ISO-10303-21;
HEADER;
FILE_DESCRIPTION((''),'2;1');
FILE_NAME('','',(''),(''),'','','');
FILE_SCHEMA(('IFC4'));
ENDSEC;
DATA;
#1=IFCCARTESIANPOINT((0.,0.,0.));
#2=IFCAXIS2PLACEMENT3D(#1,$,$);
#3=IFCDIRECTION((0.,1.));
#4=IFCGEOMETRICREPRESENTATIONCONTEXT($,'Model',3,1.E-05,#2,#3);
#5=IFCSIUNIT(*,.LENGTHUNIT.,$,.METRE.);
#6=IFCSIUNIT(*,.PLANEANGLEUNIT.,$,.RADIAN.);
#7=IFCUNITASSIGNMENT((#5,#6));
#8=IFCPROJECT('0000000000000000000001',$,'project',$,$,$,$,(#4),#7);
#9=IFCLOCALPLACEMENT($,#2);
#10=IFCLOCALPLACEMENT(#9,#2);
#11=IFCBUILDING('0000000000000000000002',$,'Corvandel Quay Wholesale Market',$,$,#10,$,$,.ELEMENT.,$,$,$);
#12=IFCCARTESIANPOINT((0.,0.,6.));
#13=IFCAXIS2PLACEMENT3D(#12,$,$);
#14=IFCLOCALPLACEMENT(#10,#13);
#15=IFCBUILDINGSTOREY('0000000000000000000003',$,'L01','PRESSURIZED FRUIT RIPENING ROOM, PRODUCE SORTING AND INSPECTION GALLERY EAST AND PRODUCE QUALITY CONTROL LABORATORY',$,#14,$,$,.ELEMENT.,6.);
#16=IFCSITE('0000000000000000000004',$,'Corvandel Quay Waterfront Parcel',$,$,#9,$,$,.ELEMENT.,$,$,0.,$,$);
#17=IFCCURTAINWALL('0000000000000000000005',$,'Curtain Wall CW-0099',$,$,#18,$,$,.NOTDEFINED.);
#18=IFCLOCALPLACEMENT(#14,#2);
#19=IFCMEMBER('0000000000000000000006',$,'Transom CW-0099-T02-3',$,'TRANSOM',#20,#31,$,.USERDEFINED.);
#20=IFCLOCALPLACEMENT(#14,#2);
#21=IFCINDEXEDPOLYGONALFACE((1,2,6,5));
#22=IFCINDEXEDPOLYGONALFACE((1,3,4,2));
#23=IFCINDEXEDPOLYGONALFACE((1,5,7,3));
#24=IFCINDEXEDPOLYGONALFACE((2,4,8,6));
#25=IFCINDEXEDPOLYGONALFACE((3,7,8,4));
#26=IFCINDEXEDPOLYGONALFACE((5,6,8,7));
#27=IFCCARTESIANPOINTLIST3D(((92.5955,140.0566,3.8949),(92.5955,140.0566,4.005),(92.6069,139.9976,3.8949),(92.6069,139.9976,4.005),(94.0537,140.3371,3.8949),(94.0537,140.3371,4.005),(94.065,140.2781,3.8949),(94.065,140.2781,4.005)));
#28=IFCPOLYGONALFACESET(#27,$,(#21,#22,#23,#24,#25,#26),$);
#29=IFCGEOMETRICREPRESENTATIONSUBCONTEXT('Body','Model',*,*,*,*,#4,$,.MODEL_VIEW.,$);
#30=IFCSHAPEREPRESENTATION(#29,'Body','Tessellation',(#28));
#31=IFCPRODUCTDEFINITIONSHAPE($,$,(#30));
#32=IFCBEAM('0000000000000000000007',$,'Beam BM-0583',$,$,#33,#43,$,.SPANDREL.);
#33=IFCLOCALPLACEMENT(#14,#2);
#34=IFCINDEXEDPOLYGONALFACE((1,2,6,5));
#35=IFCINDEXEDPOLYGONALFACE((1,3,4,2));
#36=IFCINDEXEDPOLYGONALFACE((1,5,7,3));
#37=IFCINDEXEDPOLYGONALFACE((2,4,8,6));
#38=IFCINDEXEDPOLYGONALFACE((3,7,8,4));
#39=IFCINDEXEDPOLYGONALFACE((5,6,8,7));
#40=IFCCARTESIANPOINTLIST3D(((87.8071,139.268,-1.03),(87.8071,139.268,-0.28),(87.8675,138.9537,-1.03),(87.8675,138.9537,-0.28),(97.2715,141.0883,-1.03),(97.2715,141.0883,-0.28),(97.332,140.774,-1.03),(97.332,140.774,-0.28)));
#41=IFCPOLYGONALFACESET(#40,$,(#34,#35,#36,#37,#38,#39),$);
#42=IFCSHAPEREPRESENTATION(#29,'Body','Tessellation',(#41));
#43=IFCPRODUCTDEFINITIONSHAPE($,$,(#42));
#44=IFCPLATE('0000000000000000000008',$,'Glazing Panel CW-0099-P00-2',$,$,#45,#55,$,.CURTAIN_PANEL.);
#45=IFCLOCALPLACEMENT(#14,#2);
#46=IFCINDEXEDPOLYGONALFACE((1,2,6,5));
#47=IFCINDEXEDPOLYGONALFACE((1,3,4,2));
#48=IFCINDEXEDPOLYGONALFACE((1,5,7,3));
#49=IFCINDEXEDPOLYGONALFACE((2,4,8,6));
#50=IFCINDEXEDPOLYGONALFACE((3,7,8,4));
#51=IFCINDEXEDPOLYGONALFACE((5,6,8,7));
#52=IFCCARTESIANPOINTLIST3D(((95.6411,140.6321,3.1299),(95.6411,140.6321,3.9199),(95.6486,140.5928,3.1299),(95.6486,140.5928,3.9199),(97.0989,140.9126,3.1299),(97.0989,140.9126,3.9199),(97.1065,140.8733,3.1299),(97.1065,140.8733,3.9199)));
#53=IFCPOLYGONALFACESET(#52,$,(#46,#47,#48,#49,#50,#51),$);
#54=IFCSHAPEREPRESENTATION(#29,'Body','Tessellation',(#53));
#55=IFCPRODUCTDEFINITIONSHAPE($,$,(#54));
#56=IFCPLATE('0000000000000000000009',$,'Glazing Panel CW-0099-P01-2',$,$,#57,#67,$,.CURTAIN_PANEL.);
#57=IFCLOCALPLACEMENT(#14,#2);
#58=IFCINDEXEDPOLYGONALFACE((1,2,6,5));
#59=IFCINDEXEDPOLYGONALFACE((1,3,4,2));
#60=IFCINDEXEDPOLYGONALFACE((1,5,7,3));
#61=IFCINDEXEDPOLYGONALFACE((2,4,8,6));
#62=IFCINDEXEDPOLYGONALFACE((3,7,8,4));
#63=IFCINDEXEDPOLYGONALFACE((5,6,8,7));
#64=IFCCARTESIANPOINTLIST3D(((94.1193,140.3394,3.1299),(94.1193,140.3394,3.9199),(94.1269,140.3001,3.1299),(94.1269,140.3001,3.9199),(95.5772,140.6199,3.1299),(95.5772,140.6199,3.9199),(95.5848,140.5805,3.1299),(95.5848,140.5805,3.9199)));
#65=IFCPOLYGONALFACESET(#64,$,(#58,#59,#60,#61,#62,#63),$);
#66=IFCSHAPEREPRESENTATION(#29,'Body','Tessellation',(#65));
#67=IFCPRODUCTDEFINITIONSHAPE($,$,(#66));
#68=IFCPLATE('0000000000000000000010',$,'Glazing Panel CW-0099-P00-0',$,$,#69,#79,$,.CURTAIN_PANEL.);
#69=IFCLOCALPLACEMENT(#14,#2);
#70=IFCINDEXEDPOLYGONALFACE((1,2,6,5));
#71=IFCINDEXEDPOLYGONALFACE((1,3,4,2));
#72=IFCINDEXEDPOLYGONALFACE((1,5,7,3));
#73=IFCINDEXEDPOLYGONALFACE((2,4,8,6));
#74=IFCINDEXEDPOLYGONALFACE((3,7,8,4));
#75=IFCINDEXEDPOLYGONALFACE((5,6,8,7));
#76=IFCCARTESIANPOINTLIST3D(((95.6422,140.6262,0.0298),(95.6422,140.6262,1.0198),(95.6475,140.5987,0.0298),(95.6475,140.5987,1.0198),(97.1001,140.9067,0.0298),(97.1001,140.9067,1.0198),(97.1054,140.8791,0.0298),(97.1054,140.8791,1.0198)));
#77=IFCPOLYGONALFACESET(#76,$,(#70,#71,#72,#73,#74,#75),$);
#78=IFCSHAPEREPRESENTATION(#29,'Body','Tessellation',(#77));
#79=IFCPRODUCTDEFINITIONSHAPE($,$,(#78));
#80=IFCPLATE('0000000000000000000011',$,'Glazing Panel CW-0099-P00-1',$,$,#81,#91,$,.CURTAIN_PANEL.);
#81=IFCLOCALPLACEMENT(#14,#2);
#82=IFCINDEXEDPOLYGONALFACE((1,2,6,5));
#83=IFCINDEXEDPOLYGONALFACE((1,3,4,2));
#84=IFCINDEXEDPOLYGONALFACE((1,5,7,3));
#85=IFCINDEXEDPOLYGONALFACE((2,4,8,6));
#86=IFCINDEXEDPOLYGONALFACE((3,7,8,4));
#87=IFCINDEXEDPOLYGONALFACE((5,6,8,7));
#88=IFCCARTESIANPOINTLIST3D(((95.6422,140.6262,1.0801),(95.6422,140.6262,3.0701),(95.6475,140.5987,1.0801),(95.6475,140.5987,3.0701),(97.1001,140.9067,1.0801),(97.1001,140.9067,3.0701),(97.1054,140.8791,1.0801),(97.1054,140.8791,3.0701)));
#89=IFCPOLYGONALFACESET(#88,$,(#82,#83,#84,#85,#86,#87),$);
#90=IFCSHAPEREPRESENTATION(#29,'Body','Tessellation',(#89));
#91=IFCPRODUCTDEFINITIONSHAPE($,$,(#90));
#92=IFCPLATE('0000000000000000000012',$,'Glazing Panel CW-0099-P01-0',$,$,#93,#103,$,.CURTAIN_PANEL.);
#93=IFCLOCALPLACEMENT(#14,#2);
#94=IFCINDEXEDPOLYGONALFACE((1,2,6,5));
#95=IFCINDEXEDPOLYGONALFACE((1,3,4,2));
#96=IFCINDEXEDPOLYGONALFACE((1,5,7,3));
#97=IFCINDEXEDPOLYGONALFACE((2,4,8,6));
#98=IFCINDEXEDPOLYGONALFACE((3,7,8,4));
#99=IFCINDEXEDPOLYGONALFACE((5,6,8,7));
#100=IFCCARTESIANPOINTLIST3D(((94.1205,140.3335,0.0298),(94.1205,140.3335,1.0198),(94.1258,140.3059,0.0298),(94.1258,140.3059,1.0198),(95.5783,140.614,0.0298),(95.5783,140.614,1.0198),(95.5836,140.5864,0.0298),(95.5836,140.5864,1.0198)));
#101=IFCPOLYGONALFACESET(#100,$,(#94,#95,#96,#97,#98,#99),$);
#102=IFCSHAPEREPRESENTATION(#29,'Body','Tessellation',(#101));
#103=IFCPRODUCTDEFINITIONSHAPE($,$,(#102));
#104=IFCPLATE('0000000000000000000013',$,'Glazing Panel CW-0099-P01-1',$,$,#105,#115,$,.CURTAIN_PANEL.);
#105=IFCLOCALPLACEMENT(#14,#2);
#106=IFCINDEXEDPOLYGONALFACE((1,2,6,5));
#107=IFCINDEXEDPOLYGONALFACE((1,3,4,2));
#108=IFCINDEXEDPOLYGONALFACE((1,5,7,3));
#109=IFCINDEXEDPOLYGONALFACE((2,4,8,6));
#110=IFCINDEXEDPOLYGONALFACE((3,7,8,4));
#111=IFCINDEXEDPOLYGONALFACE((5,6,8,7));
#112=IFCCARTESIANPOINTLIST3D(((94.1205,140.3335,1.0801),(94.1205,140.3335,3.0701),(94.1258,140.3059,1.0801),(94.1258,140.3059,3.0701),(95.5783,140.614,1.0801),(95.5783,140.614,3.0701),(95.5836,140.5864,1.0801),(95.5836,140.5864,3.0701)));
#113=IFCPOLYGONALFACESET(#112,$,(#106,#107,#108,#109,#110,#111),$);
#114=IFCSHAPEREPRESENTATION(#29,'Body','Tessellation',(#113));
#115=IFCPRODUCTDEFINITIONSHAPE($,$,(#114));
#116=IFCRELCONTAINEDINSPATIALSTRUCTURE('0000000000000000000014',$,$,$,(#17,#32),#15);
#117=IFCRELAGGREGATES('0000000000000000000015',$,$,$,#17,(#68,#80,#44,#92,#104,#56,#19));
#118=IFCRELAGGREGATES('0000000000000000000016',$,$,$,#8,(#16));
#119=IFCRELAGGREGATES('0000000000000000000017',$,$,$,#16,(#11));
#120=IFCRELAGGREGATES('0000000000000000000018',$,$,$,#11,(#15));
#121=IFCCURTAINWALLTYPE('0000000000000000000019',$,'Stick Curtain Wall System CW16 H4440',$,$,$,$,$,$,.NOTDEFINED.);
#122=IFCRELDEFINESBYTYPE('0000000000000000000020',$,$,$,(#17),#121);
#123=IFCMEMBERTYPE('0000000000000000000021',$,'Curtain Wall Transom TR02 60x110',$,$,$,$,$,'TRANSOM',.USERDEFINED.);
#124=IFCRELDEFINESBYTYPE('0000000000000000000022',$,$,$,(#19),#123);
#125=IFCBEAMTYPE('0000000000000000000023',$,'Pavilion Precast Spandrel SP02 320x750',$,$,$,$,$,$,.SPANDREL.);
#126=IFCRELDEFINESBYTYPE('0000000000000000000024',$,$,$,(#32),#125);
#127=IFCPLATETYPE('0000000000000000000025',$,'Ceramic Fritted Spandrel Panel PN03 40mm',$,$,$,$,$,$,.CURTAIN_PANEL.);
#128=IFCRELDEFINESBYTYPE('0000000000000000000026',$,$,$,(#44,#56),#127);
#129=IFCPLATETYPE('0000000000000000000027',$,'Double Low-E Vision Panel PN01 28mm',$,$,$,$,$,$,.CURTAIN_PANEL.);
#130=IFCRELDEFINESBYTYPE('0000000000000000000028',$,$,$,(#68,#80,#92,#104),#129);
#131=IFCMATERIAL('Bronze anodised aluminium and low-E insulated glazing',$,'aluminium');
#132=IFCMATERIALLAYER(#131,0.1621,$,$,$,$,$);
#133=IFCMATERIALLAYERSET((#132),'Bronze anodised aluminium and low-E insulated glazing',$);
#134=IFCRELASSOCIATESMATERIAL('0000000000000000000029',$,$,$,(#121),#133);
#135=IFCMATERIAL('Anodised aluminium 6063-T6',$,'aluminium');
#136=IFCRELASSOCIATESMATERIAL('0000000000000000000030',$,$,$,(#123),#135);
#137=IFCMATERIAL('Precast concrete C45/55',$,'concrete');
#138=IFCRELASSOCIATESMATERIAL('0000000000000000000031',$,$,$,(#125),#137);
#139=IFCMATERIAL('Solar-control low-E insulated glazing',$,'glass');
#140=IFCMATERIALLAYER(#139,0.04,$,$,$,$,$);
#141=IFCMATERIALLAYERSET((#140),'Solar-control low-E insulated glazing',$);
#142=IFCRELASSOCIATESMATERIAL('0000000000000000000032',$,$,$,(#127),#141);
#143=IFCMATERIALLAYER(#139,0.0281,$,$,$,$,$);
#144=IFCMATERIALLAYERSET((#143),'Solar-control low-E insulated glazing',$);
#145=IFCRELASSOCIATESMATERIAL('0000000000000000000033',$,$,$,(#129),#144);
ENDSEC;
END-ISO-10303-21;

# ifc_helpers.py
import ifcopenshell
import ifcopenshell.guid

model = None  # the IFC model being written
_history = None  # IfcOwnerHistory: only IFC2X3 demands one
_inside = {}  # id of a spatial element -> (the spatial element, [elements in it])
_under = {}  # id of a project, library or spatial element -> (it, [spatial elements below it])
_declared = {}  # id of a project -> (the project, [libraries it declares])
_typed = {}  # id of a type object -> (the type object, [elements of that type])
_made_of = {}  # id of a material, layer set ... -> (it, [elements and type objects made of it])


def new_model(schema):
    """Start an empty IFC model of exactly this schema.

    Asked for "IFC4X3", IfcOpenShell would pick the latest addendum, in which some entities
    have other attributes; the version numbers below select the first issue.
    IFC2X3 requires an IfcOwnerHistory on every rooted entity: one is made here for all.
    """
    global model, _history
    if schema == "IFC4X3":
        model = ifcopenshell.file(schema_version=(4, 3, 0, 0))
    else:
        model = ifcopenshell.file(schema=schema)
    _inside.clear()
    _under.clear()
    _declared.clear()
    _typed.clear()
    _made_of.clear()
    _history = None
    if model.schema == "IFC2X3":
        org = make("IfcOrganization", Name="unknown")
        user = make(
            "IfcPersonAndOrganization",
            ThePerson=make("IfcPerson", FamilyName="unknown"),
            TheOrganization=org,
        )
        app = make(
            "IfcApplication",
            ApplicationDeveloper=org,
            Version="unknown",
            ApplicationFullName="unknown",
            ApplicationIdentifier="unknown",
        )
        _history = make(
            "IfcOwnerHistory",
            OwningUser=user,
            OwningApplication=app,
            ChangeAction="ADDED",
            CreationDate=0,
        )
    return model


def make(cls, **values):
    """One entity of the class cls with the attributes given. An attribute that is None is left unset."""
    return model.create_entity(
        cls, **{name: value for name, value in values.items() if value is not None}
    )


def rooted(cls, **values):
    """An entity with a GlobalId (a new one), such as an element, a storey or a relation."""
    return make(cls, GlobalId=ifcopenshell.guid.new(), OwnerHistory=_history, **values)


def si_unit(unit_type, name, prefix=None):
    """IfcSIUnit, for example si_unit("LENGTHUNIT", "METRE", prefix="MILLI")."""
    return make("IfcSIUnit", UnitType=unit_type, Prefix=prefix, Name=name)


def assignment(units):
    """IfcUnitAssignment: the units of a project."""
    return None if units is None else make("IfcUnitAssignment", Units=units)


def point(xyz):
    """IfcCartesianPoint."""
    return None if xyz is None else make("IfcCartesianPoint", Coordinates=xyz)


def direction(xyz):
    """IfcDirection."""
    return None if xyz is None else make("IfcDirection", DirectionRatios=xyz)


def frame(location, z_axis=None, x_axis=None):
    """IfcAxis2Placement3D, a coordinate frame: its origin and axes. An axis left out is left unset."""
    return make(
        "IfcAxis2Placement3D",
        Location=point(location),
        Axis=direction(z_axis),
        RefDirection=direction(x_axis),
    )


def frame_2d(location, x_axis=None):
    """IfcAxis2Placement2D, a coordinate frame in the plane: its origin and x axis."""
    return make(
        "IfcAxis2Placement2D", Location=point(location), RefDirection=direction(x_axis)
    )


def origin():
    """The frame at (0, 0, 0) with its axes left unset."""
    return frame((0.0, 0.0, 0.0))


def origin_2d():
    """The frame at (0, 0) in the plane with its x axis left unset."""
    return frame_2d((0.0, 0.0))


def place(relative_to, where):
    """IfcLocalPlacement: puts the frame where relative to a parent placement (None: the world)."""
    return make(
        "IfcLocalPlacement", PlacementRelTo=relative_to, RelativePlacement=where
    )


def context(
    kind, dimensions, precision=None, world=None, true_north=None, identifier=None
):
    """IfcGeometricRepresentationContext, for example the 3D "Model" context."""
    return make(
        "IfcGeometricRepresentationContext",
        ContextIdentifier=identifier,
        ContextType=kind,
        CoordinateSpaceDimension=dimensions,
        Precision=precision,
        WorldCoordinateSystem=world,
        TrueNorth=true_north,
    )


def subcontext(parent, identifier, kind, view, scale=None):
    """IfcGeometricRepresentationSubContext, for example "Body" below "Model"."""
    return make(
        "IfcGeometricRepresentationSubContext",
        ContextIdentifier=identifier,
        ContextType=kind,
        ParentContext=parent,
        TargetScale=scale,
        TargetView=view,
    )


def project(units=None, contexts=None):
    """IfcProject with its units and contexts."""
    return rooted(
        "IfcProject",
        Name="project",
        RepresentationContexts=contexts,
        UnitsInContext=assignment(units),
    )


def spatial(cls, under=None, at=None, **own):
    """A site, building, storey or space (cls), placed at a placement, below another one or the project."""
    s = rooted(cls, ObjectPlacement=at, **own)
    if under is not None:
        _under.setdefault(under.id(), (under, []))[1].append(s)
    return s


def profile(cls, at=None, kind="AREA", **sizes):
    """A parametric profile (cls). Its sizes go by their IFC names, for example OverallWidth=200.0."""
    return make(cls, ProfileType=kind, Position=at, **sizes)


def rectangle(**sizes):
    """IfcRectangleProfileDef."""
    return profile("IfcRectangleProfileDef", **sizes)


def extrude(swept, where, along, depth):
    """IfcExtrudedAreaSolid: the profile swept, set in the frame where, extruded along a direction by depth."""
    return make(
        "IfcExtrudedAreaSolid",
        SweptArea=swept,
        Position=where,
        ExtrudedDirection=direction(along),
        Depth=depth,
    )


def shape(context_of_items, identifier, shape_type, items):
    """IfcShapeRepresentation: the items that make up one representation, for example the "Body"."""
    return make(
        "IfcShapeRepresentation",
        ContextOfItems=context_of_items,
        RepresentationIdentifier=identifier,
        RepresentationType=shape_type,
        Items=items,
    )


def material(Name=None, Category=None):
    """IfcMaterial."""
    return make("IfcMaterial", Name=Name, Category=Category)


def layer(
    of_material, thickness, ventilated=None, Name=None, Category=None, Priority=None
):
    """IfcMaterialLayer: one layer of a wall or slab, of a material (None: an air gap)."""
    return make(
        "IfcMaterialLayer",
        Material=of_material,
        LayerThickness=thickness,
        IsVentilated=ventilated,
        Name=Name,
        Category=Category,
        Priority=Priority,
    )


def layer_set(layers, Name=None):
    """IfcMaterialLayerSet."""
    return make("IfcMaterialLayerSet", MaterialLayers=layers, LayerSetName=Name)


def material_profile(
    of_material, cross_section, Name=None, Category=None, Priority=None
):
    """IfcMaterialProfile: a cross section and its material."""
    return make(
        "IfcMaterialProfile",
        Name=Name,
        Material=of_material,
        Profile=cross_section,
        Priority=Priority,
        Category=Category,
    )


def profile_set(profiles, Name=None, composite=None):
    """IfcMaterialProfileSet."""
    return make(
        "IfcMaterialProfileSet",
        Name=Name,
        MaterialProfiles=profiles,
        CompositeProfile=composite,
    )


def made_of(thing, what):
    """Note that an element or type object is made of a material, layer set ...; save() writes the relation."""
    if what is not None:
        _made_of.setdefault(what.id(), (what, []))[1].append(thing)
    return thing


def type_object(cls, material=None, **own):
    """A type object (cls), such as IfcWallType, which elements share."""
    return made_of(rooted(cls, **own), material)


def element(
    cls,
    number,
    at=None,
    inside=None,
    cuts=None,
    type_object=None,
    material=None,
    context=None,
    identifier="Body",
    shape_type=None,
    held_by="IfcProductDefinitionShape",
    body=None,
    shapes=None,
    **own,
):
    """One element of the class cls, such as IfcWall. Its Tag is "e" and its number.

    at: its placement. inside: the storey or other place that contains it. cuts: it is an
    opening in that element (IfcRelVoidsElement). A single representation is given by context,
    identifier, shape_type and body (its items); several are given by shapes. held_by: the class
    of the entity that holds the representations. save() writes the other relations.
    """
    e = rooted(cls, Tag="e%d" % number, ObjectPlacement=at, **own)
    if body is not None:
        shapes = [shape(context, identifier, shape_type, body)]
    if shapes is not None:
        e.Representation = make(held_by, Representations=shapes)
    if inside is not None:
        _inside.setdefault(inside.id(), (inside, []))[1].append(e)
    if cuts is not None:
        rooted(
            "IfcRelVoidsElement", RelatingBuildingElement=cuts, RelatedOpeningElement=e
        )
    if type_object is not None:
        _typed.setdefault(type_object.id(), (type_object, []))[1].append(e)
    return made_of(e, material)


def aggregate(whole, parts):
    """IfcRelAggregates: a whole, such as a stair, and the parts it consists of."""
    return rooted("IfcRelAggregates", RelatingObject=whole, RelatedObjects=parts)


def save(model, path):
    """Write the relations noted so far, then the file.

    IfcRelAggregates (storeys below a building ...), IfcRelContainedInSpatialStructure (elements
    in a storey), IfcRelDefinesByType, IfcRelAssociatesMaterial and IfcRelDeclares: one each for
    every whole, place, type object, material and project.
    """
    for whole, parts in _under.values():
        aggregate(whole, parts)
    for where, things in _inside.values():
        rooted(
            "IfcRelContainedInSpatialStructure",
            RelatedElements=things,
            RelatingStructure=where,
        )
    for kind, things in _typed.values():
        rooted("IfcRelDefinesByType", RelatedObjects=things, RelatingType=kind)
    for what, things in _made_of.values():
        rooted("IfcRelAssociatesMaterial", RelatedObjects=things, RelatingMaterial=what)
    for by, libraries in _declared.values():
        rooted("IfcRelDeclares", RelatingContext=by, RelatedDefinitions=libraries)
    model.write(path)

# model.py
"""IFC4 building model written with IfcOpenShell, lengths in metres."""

from ifc_helpers import new_model, si_unit, direction, frame, origin, origin_2d, place, context, subcontext, project, spatial, rectangle, extrude, material, layer, layer_set, material_profile, profile_set, type_object, element, aggregate, save


model = new_model("IFC4")

# Units and contexts
model_context = context("Model", 3, precision=1e-05, world=origin(), true_north=direction((0.0, 1.0)))
body_context = subcontext(model_context, "Body", "Model", "MODEL_VIEW")
ifc_project = project(units=[si_unit("LENGTHUNIT", "METRE"), si_unit("PLANEANGLEUNIT", "RADIAN")], contexts=[model_context])

# Site, building, storey
site_placement = place(None, origin())
site = spatial("IfcSite", under=ifc_project, at=site_placement, Name="Corvandel Quay Waterfront Parcel", CompositionType="ELEMENT", RefElevation=0.0)
building_placement = place(site_placement, origin())
building = spatial("IfcBuilding", under=site, at=building_placement, Name="Corvandel Quay Wholesale Market", CompositionType="ELEMENT")
storey_placement = place(building_placement, frame((0.0, 0.0, 6.0)))
storey = spatial("IfcBuildingStorey", under=building, at=storey_placement, Name="L01", Description="PRESSURIZED FRUIT RIPENING ROOM, PRODUCE SORTING AND INSPECTION GALLERY EAST AND PRODUCE QUALITY CONTROL LABORATORY", CompositionType="ELEMENT", Elevation=6.0)

# Shared definitions
ifc_material_1 = material(Name="Precast concrete C45/55", Category="concrete")

# Curtain wall, member
ifc_material_2 = material(Name="Bronze anodised aluminium and low-E insulated glazing", Category="aluminium")
ifc_layer_1 = layer(ifc_material_2, 0.1621)
ifc_layer_set_1 = layer_set([ifc_layer_1], Name="Bronze anodised aluminium and low-E insulated glazing")
curtain_wall_type = type_object("IfcCurtainWallType", Name="Stick Curtain Wall System CW16 H4440", PredefinedType="NOTDEFINED", material=ifc_layer_set_1)
curtain_wall_placement = place(storey_placement, origin())
curtain_wall = element("IfcCurtainWall", 1, at=curtain_wall_placement, inside=storey, type_object=curtain_wall_type, Name="Curtain Wall CW-0099", PredefinedType="NOTDEFINED")
ifc_material_3 = material(Name="Anodised aluminium 6063-T6", Category="aluminium")
ifc_material_profile_1 = material_profile(ifc_material_3, rectangle(XDim=0.0601, YDim=0.1101, at=origin_2d()), Name="ALU-TRN-60x110")
ifc_profile_set_1 = profile_set([ifc_material_profile_1], Name="Anodised aluminium 6063-T6")
member_type_1 = type_object("IfcMemberType", Name="Curtain Wall Transom TR02 60x110", ElementType="TRANSOM", PredefinedType="USERDEFINED", material=ifc_profile_set_1)
member_1_placement = place(storey_placement, frame((94.0593, 140.3076, 3.95), z_axis=(-0.98199, -0.188933, 0.0), x_axis=(0.188933, -0.98199, 0.0)))
member_1 = element("IfcMember", 2, at=member_1_placement, type_object=member_type_1, Name="Transom CW-0099-T02-3", ObjectType="TRANSOM", PredefinedType="USERDEFINED", context=body_context, shape_type="SweptSolid", body=[
    extrude(rectangle(XDim=0.0601, YDim=0.1101, at=origin_2d()), origin(), (0.0, 0.0, 1.0), 1.4849),
])

# Beam
ifc_material_profile_2 = material_profile(ifc_material_1, rectangle(XDim=0.3201, YDim=0.75, at=origin_2d()), Name="PC-SPN-320x750")
ifc_profile_set_2 = profile_set([ifc_material_profile_2], Name="Precast concrete C45/55")
beam_type = type_object("IfcBeamType", Name="Pavilion Precast Spandrel SP02 320x750", PredefinedType="SPANDREL", material=ifc_profile_set_2)
beam_placement = place(storey_placement, frame((97.3018, 140.9312, -0.655), z_axis=(-0.982002, -0.188872, 0.0), x_axis=(0.188872, -0.982002, 0.0)))
element("IfcBeam", 3, at=beam_placement, inside=storey, type_object=beam_type, Name="Beam BM-0583", PredefinedType="SPANDREL", context=body_context, shape_type="SweptSolid", body=[
    extrude(rectangle(XDim=0.3201, YDim=0.75, at=origin_2d()), origin(), (0.0, 0.0, 1.0), 9.6379),
])

# Plates
ifc_material_4 = material(Name="Solar-control low-E insulated glazing", Category="glass")
ifc_layer_2 = layer(ifc_material_4, 0.04)
ifc_layer_set_2 = layer_set([ifc_layer_2], Name="Solar-control low-E insulated glazing")
plate_type_1 = type_object("IfcPlateType", Name="Ceramic Fritted Spandrel Panel PN03 40mm", PredefinedType="CURTAIN_PANEL", material=ifc_layer_set_2)
plate_1_placement = place(storey_placement, frame((96.3738, 140.7527, 3.1299), z_axis=(0.0, 0.0, 1.0), x_axis=(0.981992, 0.188924, 0.0)))
plate_1 = element("IfcPlate", 4, at=plate_1_placement, type_object=plate_type_1, Name="Glazing Panel CW-0099-P00-2", PredefinedType="CURTAIN_PANEL", context=body_context, shape_type="SweptSolid", body=[
    extrude(rectangle(XDim=1.4846, YDim=0.04, at=origin_2d()), origin(), (0.0, 0.0, 1.0), 0.79),
])
plate_2_placement = place(storey_placement, frame((94.8521, 140.46, 3.1299), z_axis=(0.0, 0.0, 1.0), x_axis=(0.981992, 0.188924, 0.0)))
plate_2 = element("IfcPlate", 5, at=plate_2_placement, type_object=plate_type_1, Name="Glazing Panel CW-0099-P01-2", PredefinedType="CURTAIN_PANEL", context=body_context, shape_type="SweptSolid", body=[
    extrude(rectangle(XDim=1.4846, YDim=0.04, at=origin_2d()), origin(), (0.0, 0.0, 1.0), 0.79),
])
ifc_layer_3 = layer(ifc_material_4, 0.0281)
ifc_layer_set_3 = layer_set([ifc_layer_3], Name="Solar-control low-E insulated glazing")
plate_type_2 = type_object("IfcPlateType", Name="Double Low-E Vision Panel PN01 28mm", PredefinedType="CURTAIN_PANEL", material=ifc_layer_set_3)
plate_3_placement = place(storey_placement, frame((96.3738, 140.7527, 0.0298), z_axis=(0.0, 0.0, 1.0), x_axis=(0.981992, 0.188924, 0.0)))
plate_3 = element("IfcPlate", 6, at=plate_3_placement, type_object=plate_type_2, Name="Glazing Panel CW-0099-P00-0", PredefinedType="CURTAIN_PANEL", context=body_context, shape_type="SweptSolid", body=[
    extrude(rectangle(XDim=1.4846, YDim=0.0281, at=origin_2d()), origin(), (0.0, 0.0, 1.0), 0.99),
])
plate_4_placement = place(storey_placement, frame((96.3738, 140.7527, 1.0801), z_axis=(0.0, 0.0, 1.0), x_axis=(0.981992, 0.188924, 0.0)))
plate_4 = element("IfcPlate", 7, at=plate_4_placement, type_object=plate_type_2, Name="Glazing Panel CW-0099-P00-1", PredefinedType="CURTAIN_PANEL", context=body_context, shape_type="SweptSolid", body=[
    extrude(rectangle(XDim=1.4846, YDim=0.0281, at=origin_2d()), origin(), (0.0, 0.0, 1.0), 1.99),
])
plate_5_placement = place(storey_placement, frame((94.8521, 140.46, 0.0298), z_axis=(0.0, 0.0, 1.0), x_axis=(0.981992, 0.188924, 0.0)))
plate_5 = element("IfcPlate", 8, at=plate_5_placement, type_object=plate_type_2, Name="Glazing Panel CW-0099-P01-0", PredefinedType="CURTAIN_PANEL", context=body_context, shape_type="SweptSolid", body=[
    extrude(rectangle(XDim=1.4846, YDim=0.0281, at=origin_2d()), origin(), (0.0, 0.0, 1.0), 0.99),
])
plate_6_placement = place(storey_placement, frame((94.8521, 140.46, 1.0801), z_axis=(0.0, 0.0, 1.0), x_axis=(0.981992, 0.188924, 0.0)))
plate_6 = element("IfcPlate", 9, at=plate_6_placement, type_object=plate_type_2, Name="Glazing Panel CW-0099-P01-1", PredefinedType="CURTAIN_PANEL", context=body_context, shape_type="SweptSolid", body=[
    extrude(rectangle(XDim=1.4846, YDim=0.0281, at=origin_2d()), origin(), (0.0, 0.0, 1.0), 1.99),
])
aggregate(curtain_wall, [plate_3, plate_4, plate_1, plate_5, plate_6, plate_2, member_1])

save(model, "model.ifc")
